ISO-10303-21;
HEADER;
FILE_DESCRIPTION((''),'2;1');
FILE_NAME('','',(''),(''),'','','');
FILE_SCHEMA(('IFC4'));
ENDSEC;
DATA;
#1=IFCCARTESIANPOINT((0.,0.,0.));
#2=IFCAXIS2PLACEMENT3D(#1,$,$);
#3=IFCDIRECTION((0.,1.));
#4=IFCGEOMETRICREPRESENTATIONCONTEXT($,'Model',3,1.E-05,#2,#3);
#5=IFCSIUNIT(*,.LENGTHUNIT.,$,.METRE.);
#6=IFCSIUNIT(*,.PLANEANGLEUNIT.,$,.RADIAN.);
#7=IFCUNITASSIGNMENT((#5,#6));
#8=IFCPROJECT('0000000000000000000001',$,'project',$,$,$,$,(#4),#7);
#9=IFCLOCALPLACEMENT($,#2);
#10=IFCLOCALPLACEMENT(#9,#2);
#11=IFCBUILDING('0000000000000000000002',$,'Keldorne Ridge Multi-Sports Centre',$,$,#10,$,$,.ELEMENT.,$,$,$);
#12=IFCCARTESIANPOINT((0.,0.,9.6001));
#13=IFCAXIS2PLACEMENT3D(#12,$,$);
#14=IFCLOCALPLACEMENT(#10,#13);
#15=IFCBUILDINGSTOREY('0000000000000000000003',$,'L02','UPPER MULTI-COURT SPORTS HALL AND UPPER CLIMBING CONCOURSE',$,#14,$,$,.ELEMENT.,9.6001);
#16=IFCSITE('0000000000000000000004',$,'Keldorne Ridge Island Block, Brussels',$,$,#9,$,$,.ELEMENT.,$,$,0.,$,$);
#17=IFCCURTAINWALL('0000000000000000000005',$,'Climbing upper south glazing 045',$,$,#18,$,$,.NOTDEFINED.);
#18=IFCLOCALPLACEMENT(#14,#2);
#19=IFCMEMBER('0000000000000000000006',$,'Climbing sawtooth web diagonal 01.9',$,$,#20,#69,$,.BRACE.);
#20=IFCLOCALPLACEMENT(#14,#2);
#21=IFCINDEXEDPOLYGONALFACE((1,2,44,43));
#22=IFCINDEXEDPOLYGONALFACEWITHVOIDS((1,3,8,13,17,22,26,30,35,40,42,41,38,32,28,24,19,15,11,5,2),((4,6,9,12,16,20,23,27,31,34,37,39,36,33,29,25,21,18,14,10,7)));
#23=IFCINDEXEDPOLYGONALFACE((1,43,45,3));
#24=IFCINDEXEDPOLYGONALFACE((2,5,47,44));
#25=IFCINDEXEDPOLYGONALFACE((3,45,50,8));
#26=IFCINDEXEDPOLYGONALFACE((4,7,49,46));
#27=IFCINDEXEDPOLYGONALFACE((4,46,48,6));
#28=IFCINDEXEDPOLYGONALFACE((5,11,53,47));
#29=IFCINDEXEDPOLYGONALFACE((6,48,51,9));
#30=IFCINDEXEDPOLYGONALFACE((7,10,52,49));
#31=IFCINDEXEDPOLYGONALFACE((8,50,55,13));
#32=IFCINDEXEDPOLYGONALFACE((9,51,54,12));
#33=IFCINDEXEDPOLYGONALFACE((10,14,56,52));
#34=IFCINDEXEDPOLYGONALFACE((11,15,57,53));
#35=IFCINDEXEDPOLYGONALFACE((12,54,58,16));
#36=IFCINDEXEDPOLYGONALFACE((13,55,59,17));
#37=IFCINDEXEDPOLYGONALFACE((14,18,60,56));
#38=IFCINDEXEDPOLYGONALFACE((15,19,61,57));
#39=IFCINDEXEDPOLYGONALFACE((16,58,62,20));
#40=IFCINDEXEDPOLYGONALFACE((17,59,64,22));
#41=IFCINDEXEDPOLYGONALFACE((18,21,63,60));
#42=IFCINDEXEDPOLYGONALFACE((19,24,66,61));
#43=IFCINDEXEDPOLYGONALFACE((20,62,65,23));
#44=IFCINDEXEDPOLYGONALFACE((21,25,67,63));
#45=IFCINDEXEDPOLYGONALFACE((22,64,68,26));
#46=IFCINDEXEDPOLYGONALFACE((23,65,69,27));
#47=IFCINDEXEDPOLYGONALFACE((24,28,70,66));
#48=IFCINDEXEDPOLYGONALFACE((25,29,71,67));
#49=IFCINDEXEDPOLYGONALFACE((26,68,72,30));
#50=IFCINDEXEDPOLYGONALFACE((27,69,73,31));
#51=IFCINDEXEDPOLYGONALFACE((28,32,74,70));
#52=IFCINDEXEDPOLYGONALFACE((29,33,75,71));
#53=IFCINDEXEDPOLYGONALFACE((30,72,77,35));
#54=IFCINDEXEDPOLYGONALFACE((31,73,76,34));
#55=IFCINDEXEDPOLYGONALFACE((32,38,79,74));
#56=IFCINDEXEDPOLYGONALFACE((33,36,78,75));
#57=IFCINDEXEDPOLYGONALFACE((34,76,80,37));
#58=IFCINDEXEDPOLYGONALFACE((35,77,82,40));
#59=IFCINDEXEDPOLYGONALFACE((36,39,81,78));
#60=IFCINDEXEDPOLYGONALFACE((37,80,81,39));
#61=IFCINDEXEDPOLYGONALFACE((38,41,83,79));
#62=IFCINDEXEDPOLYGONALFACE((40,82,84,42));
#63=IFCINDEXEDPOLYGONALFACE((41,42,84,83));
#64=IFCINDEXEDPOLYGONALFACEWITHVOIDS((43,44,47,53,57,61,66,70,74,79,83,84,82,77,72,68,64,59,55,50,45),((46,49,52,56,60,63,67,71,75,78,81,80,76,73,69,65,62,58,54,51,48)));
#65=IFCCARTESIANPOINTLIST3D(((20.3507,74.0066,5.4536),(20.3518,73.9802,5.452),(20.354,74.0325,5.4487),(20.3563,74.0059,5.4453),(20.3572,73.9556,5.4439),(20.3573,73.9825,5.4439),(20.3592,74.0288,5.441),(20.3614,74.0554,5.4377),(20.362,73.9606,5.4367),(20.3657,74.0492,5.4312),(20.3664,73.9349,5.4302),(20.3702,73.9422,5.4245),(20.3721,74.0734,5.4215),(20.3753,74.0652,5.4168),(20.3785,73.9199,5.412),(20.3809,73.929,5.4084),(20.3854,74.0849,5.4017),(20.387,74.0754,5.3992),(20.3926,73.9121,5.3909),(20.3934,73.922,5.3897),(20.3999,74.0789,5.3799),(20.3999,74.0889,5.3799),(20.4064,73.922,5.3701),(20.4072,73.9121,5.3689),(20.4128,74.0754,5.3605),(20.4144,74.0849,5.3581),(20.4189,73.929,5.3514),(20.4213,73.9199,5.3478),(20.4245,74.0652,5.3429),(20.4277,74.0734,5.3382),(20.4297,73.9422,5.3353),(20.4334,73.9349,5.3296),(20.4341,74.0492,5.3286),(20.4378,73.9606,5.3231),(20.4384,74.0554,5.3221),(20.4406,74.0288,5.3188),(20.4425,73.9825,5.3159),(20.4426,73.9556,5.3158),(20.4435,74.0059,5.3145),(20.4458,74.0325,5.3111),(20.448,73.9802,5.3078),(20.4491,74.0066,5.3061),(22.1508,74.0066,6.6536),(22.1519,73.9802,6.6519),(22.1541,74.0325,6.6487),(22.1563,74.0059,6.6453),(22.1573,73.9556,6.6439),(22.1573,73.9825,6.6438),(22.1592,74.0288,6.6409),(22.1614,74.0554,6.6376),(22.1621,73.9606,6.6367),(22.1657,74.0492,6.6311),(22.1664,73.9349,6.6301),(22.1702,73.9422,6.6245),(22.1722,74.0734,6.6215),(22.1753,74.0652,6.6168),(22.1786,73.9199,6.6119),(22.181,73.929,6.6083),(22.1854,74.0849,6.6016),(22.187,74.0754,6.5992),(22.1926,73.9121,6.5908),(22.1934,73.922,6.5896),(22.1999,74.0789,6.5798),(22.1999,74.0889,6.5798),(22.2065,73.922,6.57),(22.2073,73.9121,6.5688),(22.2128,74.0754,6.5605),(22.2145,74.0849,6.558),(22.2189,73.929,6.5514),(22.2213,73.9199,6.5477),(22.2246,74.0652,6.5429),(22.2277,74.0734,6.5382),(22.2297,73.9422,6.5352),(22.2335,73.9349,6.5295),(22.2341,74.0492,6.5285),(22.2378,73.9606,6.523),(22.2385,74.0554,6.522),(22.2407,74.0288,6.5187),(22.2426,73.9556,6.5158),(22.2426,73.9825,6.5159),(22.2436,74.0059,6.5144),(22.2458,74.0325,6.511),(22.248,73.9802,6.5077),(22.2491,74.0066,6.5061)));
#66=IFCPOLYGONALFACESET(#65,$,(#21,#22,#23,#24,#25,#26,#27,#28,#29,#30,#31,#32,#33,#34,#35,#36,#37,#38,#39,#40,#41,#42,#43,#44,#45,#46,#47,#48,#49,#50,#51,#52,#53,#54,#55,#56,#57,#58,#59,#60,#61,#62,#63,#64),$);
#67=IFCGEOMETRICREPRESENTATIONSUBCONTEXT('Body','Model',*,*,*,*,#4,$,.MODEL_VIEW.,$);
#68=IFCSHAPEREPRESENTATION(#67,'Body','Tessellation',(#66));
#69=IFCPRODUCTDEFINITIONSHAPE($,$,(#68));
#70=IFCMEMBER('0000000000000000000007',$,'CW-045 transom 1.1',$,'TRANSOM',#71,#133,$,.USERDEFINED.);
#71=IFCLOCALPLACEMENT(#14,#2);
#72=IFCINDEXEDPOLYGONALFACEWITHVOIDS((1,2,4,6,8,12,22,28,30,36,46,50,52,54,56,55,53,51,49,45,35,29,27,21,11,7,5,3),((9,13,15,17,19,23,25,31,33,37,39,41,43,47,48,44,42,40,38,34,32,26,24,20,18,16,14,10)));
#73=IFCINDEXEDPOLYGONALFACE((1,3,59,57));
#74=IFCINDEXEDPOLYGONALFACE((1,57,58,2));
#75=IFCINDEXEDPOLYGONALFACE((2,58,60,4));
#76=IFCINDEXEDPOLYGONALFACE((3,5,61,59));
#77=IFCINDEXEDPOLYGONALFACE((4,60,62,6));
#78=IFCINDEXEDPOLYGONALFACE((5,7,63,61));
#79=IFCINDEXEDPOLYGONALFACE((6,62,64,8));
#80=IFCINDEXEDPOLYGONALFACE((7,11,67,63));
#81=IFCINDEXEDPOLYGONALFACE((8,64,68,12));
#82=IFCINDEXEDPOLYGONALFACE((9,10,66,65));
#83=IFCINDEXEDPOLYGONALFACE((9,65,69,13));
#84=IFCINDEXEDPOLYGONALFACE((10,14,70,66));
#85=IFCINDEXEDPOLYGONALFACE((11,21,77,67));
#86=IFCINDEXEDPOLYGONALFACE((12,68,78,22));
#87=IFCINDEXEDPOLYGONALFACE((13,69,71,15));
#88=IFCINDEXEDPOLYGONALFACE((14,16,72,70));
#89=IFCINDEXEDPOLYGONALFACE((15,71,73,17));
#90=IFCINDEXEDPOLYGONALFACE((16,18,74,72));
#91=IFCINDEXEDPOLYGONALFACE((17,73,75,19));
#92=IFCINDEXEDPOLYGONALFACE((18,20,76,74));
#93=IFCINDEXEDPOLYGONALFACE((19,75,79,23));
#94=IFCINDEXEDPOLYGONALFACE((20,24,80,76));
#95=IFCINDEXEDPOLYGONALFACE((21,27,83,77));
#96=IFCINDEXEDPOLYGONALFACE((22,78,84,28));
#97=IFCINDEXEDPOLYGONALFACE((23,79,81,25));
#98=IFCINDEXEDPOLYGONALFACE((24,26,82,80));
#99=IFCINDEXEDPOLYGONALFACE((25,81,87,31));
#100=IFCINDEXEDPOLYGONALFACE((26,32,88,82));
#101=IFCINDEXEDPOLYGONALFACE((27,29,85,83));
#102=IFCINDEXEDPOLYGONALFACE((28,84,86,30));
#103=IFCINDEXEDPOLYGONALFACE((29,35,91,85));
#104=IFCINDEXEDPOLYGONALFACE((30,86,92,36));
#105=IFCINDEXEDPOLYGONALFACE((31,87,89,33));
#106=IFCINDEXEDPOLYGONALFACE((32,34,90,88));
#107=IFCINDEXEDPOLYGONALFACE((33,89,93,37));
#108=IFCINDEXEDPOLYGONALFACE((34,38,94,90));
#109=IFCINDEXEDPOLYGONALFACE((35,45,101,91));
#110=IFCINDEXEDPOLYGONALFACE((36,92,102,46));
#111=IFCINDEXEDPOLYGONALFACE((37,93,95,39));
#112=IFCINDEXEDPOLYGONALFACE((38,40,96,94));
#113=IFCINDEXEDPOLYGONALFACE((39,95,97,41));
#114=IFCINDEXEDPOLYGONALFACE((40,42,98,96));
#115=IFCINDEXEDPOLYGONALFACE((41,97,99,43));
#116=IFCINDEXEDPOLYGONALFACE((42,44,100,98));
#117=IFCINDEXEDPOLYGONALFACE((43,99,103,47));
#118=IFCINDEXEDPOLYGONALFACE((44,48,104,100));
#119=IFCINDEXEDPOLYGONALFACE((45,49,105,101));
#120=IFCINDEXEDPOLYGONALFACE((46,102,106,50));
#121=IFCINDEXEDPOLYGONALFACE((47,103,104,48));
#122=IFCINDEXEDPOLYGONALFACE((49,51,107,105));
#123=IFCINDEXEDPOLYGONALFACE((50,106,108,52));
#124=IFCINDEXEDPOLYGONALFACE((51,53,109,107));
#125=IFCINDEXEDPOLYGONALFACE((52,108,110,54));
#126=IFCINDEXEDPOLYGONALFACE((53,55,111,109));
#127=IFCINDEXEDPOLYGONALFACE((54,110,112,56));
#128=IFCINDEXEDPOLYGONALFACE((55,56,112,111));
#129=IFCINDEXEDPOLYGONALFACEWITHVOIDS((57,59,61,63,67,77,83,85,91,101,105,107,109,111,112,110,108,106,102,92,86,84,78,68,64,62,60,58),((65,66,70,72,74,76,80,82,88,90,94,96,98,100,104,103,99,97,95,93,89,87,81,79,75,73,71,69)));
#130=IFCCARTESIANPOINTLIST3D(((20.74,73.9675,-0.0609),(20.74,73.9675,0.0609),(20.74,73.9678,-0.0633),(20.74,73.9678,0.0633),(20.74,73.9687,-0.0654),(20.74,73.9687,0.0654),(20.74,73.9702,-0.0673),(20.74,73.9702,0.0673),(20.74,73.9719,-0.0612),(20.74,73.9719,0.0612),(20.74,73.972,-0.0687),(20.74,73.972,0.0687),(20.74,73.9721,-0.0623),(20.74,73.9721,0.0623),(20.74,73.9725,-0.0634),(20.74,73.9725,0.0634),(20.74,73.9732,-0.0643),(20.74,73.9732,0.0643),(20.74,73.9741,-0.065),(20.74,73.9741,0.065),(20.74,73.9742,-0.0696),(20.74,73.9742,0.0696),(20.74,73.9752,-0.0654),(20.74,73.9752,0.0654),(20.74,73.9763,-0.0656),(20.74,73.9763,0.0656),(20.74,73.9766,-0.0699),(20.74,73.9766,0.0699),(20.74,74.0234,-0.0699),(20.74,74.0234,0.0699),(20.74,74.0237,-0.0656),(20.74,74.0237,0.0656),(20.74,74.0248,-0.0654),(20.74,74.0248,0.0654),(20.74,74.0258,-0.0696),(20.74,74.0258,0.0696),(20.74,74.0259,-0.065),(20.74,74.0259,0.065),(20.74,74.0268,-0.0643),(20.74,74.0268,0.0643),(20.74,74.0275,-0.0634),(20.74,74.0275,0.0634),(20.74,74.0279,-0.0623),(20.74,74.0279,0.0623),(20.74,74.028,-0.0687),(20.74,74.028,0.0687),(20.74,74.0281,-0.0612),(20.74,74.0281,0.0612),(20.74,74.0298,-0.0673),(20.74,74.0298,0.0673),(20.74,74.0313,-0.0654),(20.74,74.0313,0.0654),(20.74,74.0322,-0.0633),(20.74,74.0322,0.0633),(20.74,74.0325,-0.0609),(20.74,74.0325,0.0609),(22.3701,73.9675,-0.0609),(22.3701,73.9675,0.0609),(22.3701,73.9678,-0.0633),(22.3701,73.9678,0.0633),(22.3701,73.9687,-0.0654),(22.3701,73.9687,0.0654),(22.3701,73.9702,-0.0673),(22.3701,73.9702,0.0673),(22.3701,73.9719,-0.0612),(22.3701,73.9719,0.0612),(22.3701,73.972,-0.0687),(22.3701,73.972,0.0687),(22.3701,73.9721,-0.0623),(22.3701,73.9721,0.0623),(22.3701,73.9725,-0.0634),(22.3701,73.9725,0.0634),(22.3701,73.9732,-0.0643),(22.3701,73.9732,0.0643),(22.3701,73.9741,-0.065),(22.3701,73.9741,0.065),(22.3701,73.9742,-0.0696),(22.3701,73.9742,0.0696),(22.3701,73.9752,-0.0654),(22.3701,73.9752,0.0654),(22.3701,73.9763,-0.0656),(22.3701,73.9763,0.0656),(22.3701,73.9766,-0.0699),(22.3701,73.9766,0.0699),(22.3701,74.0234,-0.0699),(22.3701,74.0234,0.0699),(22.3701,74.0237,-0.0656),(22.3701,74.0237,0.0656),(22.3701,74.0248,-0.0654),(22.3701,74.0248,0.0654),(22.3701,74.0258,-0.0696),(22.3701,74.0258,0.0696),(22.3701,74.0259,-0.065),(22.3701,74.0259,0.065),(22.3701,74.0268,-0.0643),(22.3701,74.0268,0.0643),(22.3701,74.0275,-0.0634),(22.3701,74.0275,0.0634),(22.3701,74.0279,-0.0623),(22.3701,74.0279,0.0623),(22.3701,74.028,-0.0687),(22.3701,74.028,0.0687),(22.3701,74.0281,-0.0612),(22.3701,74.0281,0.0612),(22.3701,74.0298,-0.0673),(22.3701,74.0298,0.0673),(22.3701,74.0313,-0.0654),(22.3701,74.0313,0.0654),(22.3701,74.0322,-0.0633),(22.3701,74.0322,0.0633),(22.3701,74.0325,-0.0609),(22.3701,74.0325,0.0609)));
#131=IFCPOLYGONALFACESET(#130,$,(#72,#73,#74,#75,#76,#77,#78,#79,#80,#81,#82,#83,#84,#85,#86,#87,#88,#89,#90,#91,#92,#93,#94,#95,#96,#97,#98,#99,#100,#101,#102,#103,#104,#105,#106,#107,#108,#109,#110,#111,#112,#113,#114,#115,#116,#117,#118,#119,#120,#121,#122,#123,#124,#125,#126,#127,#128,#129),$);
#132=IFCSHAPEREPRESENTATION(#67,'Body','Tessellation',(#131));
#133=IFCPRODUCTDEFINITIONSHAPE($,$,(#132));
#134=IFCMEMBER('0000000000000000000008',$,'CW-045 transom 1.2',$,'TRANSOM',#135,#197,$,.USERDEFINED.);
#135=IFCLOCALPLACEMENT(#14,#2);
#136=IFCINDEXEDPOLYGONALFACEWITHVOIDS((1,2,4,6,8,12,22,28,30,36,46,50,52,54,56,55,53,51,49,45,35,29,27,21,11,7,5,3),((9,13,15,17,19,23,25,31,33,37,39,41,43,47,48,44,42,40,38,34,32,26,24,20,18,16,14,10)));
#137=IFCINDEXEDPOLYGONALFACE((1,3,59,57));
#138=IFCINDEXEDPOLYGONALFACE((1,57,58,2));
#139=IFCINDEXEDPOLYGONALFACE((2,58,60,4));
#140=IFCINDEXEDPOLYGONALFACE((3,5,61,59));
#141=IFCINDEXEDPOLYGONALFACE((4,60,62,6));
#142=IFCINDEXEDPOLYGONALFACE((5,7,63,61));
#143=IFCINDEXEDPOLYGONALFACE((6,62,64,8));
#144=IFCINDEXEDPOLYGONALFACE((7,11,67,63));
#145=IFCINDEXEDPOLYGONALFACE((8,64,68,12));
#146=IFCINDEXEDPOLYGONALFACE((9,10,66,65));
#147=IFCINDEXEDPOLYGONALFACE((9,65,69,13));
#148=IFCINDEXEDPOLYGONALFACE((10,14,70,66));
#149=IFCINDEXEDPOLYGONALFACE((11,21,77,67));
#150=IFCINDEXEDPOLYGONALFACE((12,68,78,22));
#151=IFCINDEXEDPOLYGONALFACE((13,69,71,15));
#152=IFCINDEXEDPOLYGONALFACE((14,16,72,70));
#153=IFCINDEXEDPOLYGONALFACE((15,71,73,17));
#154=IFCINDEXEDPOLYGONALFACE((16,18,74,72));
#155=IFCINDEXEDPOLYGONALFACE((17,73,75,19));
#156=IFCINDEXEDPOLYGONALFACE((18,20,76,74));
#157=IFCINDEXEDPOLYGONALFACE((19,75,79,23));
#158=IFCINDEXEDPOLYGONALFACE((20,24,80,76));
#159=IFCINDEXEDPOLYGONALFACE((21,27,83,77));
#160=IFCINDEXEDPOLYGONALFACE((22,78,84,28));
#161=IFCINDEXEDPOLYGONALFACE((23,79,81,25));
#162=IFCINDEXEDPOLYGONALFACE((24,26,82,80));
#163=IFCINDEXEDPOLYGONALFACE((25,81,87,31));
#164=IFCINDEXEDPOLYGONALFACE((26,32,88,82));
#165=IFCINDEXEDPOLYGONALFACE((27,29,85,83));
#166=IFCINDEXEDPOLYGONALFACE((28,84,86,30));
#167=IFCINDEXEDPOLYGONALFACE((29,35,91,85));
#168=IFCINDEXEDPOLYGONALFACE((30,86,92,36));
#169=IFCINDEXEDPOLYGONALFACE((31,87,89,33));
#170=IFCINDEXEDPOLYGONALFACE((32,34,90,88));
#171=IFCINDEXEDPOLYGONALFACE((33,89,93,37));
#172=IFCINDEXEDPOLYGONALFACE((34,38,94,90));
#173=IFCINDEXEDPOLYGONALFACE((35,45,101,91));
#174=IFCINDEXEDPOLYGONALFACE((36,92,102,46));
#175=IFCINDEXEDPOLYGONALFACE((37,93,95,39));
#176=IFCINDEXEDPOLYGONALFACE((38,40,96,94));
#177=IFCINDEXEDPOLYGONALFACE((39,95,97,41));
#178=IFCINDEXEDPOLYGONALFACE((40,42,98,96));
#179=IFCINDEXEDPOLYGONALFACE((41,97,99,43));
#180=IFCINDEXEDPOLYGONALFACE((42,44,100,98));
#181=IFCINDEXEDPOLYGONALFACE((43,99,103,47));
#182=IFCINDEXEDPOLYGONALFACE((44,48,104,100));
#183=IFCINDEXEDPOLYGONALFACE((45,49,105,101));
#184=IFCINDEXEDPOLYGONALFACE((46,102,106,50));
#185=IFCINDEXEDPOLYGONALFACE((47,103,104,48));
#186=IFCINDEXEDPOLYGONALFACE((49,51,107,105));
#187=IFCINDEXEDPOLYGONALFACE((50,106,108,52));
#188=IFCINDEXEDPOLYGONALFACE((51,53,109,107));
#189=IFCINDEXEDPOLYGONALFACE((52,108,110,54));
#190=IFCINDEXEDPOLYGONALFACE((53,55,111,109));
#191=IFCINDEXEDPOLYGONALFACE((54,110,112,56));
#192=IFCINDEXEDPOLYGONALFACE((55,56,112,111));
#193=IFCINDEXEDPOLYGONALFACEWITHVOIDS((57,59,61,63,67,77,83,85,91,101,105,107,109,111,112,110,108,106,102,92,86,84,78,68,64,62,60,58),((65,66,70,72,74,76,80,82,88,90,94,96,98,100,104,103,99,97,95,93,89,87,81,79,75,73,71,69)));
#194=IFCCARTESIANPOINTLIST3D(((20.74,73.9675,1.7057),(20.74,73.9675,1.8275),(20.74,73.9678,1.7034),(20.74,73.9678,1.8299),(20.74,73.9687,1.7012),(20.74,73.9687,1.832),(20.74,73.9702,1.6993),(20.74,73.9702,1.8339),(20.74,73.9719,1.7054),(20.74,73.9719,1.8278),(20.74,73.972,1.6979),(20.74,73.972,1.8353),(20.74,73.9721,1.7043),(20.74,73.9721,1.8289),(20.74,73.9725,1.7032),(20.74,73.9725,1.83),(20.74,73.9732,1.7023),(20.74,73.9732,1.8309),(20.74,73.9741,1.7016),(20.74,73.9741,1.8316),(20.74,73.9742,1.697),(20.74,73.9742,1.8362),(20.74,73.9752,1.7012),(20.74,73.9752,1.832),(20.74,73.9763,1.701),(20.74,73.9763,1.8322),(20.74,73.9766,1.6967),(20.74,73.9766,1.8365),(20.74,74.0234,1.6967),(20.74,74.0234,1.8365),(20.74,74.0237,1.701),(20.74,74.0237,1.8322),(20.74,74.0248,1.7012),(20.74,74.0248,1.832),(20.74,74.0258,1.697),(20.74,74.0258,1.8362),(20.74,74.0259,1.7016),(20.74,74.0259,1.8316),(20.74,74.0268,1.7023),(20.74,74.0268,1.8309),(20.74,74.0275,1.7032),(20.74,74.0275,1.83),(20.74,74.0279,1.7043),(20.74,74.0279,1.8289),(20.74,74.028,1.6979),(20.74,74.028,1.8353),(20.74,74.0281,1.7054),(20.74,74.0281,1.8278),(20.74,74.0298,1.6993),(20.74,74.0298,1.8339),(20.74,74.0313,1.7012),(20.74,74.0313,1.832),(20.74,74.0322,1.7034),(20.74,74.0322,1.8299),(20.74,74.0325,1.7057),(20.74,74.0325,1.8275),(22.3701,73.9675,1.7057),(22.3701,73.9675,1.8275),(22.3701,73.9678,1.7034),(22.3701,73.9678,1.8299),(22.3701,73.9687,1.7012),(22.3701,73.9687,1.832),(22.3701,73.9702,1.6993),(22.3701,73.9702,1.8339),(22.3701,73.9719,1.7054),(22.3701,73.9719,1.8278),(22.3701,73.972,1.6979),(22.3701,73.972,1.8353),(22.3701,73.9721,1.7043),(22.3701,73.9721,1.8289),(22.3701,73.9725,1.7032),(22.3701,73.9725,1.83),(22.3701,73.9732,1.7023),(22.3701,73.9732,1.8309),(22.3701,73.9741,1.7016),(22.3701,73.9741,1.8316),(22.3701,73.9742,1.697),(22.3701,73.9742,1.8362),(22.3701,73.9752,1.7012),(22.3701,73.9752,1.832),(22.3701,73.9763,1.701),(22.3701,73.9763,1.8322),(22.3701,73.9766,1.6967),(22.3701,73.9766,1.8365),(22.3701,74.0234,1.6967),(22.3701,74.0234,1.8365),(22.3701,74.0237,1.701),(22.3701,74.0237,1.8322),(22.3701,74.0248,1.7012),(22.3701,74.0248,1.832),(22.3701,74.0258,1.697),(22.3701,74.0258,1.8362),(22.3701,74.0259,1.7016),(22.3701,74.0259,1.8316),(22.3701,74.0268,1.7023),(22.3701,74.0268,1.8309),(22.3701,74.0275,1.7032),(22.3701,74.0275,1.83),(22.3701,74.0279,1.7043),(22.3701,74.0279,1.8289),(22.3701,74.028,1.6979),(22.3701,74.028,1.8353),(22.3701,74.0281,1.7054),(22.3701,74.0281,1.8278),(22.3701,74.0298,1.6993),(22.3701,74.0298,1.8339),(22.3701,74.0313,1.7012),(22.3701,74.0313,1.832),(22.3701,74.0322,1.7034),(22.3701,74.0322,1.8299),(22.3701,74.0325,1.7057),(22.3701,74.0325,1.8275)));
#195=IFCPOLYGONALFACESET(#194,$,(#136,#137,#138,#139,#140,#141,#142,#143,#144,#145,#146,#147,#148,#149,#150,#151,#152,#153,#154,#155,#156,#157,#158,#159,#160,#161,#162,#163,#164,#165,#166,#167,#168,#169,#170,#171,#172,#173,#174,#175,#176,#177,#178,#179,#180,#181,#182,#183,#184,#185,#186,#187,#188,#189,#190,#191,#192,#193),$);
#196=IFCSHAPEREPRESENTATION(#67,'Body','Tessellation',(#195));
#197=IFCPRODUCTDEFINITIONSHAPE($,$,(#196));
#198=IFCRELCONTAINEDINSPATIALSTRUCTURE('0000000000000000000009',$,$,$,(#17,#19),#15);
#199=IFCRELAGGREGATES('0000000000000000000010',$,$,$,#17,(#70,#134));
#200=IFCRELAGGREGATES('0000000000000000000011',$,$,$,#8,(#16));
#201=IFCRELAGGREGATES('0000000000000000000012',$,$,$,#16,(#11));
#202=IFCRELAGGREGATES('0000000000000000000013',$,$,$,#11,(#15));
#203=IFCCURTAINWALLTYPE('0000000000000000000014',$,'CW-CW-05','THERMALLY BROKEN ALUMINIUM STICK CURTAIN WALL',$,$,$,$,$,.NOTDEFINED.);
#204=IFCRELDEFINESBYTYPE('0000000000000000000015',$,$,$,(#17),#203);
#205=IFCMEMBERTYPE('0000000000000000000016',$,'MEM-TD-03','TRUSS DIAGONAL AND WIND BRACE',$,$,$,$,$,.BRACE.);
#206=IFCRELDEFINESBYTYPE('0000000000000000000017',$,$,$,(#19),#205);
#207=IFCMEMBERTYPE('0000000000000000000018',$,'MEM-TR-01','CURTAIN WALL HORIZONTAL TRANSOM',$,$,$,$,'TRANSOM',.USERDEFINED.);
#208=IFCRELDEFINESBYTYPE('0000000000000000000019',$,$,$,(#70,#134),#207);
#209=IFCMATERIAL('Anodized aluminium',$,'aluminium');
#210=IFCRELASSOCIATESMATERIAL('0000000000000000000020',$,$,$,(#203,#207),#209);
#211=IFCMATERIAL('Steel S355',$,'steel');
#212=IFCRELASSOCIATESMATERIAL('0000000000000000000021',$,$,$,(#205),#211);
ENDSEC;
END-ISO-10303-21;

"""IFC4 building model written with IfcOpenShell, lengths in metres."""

from ifc_helpers import new_model, si_unit, direction, frame, origin, origin_2d, place, context, subcontext, project, spatial, hollow_rectangle, hollow_circle, extrude, material, material_profile, profile_set, type_object, element, aggregate, save


model = new_model("IFC4")

# Units and contexts
model_context = context("Model", 3, precision=1e-05, world=origin(), true_north=direction((0.0, 1.0)))
body_context = subcontext(model_context, "Body", "Model", "MODEL_VIEW")
ifc_project = project(units=[si_unit("LENGTHUNIT", "METRE"), si_unit("PLANEANGLEUNIT", "RADIAN")], contexts=[model_context])

# Site, building, storey
site_placement = place(None, origin())
site = spatial("IfcSite", under=ifc_project, at=site_placement, Name="Keldorne Ridge Island Block, Brussels", CompositionType="ELEMENT", RefElevation=0.0)
building_placement = place(site_placement, origin())
building = spatial("IfcBuilding", under=site, at=building_placement, Name="Keldorne Ridge Multi-Sports Centre", CompositionType="ELEMENT")
storey_placement = place(building_placement, frame((0.0, 0.0, 9.6001)))
storey = spatial("IfcBuildingStorey", under=building, at=storey_placement, Name="L02", Description="UPPER MULTI-COURT SPORTS HALL AND UPPER CLIMBING CONCOURSE", CompositionType="ELEMENT", Elevation=9.6001)

# Shared definitions
ifc_material_1 = material(Name="Steel S355", Category="steel")

# Curtain wall
ifc_material_2 = material(Name="Anodized aluminium", Category="aluminium")
curtain_wall_type = type_object("IfcCurtainWallType", Name="CW-CW-05", Description="THERMALLY BROKEN ALUMINIUM STICK CURTAIN WALL", PredefinedType="NOTDEFINED", material=ifc_material_2)
curtain_wall_placement = place(storey_placement, origin())
curtain_wall = element("IfcCurtainWall", 1, at=curtain_wall_placement, inside=storey, type_object=curtain_wall_type, Name="Climbing upper south glazing 045", PredefinedType="NOTDEFINED")

# Member
ifc_material_profile_1 = material_profile(ifc_material_1, hollow_circle(Radius=0.0889, WallThickness=0.01, at=origin_2d()), Name="CHS 177.8x10")
ifc_profile_set_1 = profile_set([ifc_material_profile_1], Name="Steel S355")
member_type_1 = type_object("IfcMemberType", Name="MEM-TD-03", Description="TRUSS DIAGONAL AND WIND BRACE", PredefinedType="BRACE", material=ifc_profile_set_1)
member_1_placement = place(storey_placement, frame((20.3999, 74.0, 5.3799), z_axis=(0.832068, 0.0, 0.554674), x_axis=(0.0, 1.0, 0.0)))
element("IfcMember", 2, at=member_1_placement, inside=storey, type_object=member_type_1, Name="Climbing sawtooth web diagonal 01.9", PredefinedType="BRACE", context=body_context, shape_type="SweptSolid", body=[
    extrude(hollow_circle(Radius=0.0889, WallThickness=0.01, at=origin_2d()), origin(), (0.0, 0.0, 1.0), 2.1633),
])

# Members
ifc_material_profile_2 = material_profile(ifc_material_2, hollow_rectangle(XDim=0.0649, YDim=0.1399, WallThickness=0.0044, InnerFilletRadius=0.0044, OuterFilletRadius=0.009, at=origin_2d()), Name="ALU TRANSOM 140x65x4.5")
ifc_profile_set_2 = profile_set([ifc_material_profile_2], Name="Anodized aluminium")
member_type_2 = type_object("IfcMemberType", Name="MEM-TR-01", Description="CURTAIN WALL HORIZONTAL TRANSOM", ElementType="TRANSOM", PredefinedType="USERDEFINED", material=ifc_profile_set_2)
member_2_placement = place(storey_placement, frame((20.74, 74.0, 0.0), z_axis=(1.0, 0.0, 0.0), x_axis=(0.0, 1.0, 0.0)))
member_2 = element("IfcMember", 3, at=member_2_placement, type_object=member_type_2, Name="CW-045 transom 1.1", ObjectType="TRANSOM", PredefinedType="USERDEFINED", context=body_context, shape_type="SweptSolid", body=[
    extrude(hollow_rectangle(XDim=0.0649, YDim=0.1399, WallThickness=0.0044, InnerFilletRadius=0.0044, OuterFilletRadius=0.009, at=origin_2d()), origin(), (0.0, 0.0, 1.0), 1.6301),
])
member_3_placement = place(storey_placement, frame((20.74, 74.0, 1.7666), z_axis=(1.0, 0.0, 0.0), x_axis=(0.0, 1.0, 0.0)))
member_3 = element("IfcMember", 4, at=member_3_placement, type_object=member_type_2, Name="CW-045 transom 1.2", ObjectType="TRANSOM", PredefinedType="USERDEFINED", context=body_context, shape_type="SweptSolid", body=[
    extrude(hollow_rectangle(XDim=0.0649, YDim=0.1399, WallThickness=0.0044, InnerFilletRadius=0.0044, OuterFilletRadius=0.009, at=origin_2d()), origin(), (0.0, 0.0, 1.0), 1.6301),
])

aggregate(curtain_wall, [member_2, member_3])

save(model, "model.ifc")
